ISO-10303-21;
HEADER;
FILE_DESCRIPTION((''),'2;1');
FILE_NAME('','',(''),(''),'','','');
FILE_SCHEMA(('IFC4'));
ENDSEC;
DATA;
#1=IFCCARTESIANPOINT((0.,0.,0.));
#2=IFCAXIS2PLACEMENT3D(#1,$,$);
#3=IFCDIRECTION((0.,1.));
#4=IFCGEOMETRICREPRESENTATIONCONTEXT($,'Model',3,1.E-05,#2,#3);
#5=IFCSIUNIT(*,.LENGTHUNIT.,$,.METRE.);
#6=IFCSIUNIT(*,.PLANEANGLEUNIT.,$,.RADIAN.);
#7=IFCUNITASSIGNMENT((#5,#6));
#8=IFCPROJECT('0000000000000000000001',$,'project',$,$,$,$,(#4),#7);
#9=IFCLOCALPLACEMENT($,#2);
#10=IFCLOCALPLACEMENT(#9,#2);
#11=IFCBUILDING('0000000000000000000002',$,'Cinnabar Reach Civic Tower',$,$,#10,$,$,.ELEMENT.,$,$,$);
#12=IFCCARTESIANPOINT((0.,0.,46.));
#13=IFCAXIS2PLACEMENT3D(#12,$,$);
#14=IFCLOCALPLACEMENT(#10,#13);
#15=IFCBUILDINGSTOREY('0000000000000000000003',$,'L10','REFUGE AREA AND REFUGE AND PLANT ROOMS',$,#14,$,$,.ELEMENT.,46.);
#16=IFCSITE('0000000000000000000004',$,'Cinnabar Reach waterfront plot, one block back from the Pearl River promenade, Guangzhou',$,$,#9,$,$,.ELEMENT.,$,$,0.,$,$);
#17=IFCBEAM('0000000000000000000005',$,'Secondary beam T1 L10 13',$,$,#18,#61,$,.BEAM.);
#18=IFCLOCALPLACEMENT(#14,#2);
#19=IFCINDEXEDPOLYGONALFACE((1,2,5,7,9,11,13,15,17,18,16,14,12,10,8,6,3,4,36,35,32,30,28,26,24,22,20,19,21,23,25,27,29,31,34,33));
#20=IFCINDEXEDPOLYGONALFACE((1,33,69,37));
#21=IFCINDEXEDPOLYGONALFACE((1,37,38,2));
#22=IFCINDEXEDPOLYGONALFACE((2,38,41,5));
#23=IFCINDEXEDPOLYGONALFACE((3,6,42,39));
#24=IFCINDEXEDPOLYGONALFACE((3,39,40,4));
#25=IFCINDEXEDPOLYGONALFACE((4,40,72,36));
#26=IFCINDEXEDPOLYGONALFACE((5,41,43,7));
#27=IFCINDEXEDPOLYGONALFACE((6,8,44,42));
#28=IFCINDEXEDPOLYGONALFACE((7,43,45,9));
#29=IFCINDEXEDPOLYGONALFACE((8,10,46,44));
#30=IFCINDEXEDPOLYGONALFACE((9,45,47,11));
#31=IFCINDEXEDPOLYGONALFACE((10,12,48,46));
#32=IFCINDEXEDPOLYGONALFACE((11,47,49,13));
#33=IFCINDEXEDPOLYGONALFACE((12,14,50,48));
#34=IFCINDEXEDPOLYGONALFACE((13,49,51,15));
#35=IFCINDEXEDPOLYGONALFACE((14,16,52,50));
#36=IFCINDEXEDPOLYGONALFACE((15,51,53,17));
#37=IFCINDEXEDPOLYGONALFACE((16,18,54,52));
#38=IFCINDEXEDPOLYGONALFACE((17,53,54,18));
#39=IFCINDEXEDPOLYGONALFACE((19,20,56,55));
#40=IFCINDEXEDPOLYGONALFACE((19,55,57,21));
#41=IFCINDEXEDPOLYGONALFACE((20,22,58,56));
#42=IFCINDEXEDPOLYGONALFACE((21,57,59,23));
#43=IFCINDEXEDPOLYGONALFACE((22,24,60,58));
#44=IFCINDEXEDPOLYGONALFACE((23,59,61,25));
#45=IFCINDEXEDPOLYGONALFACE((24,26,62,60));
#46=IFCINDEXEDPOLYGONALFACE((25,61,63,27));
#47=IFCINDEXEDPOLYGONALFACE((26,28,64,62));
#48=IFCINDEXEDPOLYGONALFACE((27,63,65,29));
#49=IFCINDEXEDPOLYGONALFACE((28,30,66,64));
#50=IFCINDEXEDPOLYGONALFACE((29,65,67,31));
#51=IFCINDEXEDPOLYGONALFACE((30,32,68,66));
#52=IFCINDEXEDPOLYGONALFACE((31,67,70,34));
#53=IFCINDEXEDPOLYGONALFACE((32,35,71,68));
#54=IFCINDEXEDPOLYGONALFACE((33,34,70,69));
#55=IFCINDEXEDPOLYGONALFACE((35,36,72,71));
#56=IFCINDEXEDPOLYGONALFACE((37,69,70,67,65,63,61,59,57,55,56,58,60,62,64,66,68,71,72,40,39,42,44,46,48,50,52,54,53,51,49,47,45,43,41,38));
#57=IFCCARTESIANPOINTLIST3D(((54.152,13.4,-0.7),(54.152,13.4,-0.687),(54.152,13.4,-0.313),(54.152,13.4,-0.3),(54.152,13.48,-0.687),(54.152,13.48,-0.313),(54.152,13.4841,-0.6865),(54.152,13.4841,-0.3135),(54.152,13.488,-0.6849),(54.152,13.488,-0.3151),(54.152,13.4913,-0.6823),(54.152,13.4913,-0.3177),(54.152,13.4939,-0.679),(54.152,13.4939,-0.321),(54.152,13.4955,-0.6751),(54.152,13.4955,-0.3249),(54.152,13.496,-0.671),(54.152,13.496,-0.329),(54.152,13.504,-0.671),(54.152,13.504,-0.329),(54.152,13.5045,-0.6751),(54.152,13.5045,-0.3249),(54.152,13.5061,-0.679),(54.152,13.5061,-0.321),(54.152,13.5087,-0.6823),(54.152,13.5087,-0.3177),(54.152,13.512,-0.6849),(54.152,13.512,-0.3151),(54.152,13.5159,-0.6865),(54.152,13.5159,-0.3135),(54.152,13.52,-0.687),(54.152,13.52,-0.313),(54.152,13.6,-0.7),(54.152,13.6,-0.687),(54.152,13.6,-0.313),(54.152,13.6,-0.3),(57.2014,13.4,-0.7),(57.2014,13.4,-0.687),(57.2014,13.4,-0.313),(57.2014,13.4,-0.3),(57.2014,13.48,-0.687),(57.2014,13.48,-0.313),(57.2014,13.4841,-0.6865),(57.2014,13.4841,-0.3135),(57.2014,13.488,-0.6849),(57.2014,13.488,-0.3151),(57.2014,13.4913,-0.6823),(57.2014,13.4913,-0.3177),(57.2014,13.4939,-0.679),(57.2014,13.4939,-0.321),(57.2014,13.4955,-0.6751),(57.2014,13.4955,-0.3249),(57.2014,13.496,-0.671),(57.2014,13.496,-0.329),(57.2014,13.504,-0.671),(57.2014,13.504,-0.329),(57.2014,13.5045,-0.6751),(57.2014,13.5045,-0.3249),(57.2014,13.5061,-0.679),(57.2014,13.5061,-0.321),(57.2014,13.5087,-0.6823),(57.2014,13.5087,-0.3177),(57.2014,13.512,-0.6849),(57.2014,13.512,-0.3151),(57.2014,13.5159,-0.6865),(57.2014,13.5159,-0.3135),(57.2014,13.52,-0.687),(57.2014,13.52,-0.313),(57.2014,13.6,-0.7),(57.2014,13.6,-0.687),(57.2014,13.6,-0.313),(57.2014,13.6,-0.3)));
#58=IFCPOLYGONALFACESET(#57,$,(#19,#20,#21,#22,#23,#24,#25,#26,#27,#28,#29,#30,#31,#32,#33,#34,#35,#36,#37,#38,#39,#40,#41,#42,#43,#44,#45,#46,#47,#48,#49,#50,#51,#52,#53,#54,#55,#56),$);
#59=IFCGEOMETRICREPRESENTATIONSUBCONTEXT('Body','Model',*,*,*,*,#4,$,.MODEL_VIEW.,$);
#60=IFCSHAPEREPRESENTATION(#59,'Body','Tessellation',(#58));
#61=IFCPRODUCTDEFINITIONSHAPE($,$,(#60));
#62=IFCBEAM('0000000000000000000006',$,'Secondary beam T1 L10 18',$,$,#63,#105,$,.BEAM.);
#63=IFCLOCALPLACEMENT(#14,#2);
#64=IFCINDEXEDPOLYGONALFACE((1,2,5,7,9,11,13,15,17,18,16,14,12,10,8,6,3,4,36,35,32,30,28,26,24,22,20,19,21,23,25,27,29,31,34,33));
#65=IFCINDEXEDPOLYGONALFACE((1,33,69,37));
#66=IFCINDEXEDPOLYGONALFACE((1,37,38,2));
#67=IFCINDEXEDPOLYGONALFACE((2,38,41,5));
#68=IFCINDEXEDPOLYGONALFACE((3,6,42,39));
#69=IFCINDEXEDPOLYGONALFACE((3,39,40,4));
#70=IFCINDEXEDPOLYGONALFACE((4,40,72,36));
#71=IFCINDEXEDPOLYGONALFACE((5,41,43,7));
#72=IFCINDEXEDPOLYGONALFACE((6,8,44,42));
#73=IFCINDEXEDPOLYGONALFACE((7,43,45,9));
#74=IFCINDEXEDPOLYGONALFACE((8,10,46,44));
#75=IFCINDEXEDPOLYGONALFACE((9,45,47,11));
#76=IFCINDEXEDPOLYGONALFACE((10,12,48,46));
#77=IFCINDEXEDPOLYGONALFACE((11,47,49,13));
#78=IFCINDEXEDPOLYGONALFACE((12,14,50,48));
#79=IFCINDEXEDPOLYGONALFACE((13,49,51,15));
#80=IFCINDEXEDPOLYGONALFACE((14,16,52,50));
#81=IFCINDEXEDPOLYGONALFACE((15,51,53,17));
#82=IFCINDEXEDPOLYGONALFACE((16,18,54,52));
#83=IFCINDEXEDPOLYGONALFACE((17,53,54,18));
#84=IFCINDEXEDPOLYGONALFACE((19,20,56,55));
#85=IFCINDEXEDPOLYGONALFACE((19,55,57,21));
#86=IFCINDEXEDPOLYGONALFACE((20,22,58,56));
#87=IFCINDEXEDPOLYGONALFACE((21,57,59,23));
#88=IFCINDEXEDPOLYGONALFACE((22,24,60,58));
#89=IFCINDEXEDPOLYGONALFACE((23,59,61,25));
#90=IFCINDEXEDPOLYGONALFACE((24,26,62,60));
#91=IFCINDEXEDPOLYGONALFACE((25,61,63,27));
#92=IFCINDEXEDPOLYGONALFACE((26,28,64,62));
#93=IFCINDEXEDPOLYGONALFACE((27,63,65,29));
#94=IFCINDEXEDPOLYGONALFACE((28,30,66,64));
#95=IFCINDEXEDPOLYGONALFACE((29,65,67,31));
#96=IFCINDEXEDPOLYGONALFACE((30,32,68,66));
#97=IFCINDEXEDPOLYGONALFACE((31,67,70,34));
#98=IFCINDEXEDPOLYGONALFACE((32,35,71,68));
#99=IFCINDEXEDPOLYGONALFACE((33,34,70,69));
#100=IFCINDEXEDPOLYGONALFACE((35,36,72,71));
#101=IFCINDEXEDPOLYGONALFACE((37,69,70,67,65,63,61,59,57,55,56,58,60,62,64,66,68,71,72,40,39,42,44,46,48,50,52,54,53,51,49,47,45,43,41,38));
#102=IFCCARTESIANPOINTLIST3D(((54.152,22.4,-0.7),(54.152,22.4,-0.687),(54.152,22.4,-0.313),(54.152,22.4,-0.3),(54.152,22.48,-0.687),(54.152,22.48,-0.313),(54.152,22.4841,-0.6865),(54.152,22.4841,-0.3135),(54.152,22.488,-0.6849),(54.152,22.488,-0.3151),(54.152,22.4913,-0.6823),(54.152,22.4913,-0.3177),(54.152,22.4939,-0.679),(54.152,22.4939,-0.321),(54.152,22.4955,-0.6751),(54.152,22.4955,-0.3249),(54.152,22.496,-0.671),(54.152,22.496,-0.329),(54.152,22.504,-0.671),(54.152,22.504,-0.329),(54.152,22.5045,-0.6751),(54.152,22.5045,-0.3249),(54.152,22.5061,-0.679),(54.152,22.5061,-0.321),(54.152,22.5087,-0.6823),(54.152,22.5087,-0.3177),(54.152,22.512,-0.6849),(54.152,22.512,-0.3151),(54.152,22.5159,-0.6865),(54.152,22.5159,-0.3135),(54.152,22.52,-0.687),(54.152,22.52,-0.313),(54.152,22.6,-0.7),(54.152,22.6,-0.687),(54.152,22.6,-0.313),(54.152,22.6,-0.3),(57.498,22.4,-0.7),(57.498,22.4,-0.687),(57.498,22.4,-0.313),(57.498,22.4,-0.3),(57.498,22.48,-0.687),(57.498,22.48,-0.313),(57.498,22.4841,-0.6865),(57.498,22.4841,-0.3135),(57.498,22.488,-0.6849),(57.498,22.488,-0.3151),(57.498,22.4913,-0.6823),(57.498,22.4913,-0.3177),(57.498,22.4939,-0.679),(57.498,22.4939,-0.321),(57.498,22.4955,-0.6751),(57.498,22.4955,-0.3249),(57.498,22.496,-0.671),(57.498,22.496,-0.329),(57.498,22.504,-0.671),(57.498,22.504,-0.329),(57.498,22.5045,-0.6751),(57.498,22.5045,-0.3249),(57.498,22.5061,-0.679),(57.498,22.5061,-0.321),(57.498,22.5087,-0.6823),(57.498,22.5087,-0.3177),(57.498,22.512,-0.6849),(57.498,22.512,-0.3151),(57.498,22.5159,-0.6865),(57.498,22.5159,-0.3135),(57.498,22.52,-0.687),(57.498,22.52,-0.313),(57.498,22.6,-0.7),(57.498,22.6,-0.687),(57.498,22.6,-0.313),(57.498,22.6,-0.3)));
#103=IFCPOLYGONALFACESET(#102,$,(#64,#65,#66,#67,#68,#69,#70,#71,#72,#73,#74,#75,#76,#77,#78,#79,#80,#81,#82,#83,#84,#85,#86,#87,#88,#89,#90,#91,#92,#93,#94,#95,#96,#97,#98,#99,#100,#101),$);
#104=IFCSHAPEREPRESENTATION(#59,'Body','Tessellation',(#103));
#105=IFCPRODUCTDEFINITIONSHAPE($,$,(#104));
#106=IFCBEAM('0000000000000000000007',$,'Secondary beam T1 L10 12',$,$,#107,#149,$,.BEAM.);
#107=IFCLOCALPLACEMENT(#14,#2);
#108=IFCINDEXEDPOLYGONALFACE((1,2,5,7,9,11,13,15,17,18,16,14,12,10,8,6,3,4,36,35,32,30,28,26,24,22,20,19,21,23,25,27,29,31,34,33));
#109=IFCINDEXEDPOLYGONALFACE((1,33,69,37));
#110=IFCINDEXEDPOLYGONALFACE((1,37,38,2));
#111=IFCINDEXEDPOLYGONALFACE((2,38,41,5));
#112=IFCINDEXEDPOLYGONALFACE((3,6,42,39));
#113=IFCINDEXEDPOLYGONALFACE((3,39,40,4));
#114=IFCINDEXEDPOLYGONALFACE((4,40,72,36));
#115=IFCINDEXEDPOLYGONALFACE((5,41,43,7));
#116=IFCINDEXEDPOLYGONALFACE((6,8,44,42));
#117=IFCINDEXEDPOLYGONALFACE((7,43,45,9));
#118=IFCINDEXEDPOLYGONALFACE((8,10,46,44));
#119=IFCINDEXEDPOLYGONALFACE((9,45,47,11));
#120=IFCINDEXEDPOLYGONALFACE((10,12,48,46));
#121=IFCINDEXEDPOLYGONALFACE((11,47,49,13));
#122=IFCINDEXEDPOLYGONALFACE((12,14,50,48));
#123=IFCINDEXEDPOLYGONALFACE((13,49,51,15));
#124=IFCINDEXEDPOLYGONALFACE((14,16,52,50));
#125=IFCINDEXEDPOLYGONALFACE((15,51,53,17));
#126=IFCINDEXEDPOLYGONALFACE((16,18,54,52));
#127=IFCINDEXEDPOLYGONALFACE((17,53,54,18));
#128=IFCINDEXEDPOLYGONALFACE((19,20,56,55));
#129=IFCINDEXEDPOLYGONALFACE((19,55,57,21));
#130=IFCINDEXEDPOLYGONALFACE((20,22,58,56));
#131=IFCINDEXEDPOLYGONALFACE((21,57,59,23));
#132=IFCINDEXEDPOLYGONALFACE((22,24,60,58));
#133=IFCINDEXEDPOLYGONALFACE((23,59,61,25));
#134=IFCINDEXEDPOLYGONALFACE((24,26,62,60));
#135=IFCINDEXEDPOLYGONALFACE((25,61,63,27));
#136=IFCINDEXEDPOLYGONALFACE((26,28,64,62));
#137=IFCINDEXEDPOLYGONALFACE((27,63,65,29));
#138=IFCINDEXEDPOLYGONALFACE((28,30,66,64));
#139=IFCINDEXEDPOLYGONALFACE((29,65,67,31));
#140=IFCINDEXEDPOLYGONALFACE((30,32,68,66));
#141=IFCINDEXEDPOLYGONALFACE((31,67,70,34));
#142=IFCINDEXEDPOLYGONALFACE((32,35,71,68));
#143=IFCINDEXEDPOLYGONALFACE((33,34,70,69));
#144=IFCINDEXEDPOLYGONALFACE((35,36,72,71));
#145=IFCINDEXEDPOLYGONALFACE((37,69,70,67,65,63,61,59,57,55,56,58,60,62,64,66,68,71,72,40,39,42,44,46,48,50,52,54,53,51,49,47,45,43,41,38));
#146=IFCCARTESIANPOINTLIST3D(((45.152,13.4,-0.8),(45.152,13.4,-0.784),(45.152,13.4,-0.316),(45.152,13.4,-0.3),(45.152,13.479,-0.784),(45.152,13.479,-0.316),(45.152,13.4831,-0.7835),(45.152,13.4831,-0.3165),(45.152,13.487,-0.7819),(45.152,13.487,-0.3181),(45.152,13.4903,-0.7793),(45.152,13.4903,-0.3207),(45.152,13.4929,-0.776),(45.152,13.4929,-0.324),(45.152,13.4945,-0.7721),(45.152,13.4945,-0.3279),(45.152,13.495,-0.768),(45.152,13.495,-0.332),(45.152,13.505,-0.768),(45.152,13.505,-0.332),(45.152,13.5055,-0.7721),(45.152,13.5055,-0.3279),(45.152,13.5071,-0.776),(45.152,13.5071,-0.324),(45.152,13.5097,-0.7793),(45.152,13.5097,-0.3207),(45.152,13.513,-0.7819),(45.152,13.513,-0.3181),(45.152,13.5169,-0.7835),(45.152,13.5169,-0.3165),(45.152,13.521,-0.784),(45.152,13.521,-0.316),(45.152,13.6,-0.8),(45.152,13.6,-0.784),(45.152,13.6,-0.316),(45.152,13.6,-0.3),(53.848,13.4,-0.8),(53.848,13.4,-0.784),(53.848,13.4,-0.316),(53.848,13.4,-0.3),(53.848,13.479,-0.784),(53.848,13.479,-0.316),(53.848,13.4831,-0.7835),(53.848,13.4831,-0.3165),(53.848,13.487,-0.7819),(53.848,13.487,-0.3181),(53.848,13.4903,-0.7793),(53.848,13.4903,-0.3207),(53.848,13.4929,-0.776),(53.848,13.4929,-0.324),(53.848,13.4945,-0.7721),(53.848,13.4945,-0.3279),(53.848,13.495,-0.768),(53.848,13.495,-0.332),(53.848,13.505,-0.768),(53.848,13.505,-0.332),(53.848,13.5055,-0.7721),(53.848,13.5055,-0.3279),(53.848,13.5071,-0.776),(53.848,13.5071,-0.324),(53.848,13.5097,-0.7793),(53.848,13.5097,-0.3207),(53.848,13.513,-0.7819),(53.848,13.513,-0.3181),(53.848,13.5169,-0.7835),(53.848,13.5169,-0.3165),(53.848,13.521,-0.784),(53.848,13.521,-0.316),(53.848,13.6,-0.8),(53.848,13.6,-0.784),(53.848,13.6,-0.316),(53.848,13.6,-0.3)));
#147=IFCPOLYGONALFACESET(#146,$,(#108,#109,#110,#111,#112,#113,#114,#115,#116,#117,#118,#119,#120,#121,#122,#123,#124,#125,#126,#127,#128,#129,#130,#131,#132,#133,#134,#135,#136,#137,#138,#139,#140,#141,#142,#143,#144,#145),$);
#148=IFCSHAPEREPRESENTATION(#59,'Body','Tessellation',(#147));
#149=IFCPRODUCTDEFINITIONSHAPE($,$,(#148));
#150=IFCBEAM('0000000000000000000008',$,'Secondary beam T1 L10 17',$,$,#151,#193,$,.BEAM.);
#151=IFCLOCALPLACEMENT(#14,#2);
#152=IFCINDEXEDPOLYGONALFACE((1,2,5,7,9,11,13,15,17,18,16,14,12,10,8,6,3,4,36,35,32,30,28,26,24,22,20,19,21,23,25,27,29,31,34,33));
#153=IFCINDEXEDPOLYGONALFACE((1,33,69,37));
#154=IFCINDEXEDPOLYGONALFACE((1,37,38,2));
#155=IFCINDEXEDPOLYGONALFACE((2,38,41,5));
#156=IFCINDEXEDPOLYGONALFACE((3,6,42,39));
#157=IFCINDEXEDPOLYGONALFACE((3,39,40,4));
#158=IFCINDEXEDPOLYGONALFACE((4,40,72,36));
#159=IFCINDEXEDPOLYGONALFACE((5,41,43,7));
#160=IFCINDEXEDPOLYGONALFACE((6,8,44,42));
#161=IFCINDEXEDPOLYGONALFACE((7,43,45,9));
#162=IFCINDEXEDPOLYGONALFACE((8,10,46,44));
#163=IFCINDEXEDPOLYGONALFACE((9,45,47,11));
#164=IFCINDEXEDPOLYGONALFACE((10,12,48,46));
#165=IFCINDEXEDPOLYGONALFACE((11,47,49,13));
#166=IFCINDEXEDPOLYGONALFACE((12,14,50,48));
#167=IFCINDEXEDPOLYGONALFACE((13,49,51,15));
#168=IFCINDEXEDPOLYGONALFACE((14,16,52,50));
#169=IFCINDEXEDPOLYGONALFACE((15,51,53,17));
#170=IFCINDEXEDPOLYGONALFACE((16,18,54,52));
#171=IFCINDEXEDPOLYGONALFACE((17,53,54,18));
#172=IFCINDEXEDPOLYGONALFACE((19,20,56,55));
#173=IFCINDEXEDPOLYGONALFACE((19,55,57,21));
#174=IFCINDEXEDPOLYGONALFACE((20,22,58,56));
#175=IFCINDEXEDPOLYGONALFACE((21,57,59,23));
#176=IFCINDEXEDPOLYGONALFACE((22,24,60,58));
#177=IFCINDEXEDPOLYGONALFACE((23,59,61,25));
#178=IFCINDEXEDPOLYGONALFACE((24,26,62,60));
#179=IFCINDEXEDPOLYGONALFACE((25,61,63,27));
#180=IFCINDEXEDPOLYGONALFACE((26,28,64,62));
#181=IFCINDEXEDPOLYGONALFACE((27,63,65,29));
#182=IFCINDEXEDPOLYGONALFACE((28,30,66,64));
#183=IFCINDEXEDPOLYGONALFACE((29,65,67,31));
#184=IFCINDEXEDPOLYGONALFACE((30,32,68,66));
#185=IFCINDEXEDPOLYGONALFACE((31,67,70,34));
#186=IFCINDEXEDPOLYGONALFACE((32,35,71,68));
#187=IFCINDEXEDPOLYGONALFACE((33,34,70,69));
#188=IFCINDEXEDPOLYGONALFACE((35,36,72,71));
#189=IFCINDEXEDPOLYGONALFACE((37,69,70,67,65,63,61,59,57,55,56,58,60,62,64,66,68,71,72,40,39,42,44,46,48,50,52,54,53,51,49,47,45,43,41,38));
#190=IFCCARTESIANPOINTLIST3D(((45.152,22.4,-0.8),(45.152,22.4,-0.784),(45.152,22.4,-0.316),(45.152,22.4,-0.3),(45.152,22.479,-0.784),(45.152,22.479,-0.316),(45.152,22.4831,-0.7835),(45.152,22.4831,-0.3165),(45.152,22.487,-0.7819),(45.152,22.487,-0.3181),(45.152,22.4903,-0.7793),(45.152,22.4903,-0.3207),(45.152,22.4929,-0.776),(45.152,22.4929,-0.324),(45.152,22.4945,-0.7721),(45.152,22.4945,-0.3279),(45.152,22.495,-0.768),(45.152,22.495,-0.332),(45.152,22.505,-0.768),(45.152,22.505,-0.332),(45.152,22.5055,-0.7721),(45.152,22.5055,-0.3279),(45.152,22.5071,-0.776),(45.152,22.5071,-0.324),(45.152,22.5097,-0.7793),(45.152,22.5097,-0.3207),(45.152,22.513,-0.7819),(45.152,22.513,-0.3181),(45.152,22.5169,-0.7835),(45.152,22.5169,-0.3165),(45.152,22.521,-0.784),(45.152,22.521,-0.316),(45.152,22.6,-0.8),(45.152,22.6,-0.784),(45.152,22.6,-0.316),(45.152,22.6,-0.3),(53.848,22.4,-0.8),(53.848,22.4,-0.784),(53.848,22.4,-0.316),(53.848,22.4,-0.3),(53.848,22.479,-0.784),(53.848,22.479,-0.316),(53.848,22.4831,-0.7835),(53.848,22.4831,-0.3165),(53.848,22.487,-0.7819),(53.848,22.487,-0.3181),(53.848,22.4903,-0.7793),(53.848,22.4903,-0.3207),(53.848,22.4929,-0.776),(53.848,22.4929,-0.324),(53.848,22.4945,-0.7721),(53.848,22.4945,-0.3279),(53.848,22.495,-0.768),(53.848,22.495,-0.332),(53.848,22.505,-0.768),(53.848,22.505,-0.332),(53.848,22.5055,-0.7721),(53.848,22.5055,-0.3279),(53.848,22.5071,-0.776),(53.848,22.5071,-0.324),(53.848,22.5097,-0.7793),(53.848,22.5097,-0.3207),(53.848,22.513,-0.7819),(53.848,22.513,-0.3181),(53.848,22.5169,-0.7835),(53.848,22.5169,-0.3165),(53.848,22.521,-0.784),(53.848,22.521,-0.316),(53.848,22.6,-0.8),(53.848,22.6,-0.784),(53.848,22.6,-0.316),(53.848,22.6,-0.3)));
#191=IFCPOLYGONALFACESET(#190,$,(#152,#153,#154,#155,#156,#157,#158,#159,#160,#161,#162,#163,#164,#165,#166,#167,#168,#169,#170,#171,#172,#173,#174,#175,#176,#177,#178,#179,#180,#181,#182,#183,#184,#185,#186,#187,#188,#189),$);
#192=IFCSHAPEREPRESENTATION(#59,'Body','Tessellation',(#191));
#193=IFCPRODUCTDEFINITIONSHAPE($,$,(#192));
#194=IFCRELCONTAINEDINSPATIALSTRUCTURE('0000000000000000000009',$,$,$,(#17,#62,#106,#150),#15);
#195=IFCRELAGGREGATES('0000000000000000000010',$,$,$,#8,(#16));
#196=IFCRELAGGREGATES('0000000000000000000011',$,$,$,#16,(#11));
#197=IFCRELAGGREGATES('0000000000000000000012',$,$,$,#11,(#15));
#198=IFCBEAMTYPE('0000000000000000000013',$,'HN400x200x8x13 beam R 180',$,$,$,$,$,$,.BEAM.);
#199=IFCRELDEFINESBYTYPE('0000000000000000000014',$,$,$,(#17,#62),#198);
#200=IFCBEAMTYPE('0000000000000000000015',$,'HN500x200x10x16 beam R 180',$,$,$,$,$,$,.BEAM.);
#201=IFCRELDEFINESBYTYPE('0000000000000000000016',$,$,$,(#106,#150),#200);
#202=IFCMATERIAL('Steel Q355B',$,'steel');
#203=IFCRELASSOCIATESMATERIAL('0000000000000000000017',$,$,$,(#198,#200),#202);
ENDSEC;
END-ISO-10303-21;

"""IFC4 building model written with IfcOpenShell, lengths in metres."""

from ifc_helpers import new_model, si_unit, direction, frame, origin, origin_2d, place, context, subcontext, project, spatial, i_section, extrude, material, material_profile, profile_set, type_object, element, save


model = new_model("IFC4")

# Units and contexts
model_context = context("Model", 3, precision=1e-05, world=origin(), true_north=direction((0.0, 1.0)))
body_context = subcontext(model_context, "Body", "Model", "MODEL_VIEW")
ifc_project = project(units=[si_unit("LENGTHUNIT", "METRE"), si_unit("PLANEANGLEUNIT", "RADIAN")], contexts=[model_context])

# Site, building, storey
site_placement = place(None, origin())
site = spatial("IfcSite", under=ifc_project, at=site_placement, Name="Cinnabar Reach waterfront plot, one block back from the Pearl River promenade, Guangzhou", CompositionType="ELEMENT", RefElevation=0.0)
building_placement = place(site_placement, origin())
building = spatial("IfcBuilding", under=site, at=building_placement, Name="Cinnabar Reach Civic Tower", CompositionType="ELEMENT")
storey_placement = place(building_placement, frame((0.0, 0.0, 46.0)))
storey = spatial("IfcBuildingStorey", under=building, at=storey_placement, Name="L10", Description="REFUGE AREA AND REFUGE AND PLANT ROOMS", CompositionType="ELEMENT", Elevation=46.0)

# Shared definitions
ifc_material_1 = material(Name="Steel Q355B", Category="steel")

# Beams
ifc_material_profile_1 = material_profile(ifc_material_1, i_section(OverallWidth=0.2, OverallDepth=0.4, WebThickness=0.008, FlangeThickness=0.013, FilletRadius=0.016, at=origin_2d()), Name="HN400x200x8x13")
ifc_profile_set_1 = profile_set([ifc_material_profile_1], Name="Steel Q355B")
beam_type_1 = type_object("IfcBeamType", Name="HN400x200x8x13 beam R 180", PredefinedType="BEAM", material=ifc_profile_set_1)
beam_1_placement = place(storey_placement, frame((54.152, 13.5, -0.5), z_axis=(1.0, 0.0, 0.0), x_axis=(0.0, 1.0, 0.0)))
element("IfcBeam", 1, at=beam_1_placement, inside=storey, type_object=beam_type_1, Name="Secondary beam T1 L10 13", PredefinedType="BEAM", context=body_context, shape_type="SweptSolid", body=[
    extrude(i_section(OverallWidth=0.2, OverallDepth=0.4, WebThickness=0.008, FlangeThickness=0.013, FilletRadius=0.016, at=origin_2d()), origin(), (0.0, 0.0, 1.0), 3.0494),
])
beam_2_placement = place(storey_placement, frame((54.152, 22.5, -0.5), z_axis=(1.0, 0.0, 0.0), x_axis=(0.0, 1.0, 0.0)))
element("IfcBeam", 2, at=beam_2_placement, inside=storey, type_object=beam_type_1, Name="Secondary beam T1 L10 18", PredefinedType="BEAM", context=body_context, shape_type="SweptSolid", body=[
    extrude(i_section(OverallWidth=0.2, OverallDepth=0.4, WebThickness=0.008, FlangeThickness=0.013, FilletRadius=0.016, at=origin_2d()), origin(), (0.0, 0.0, 1.0), 3.346),
])
ifc_material_profile_2 = material_profile(ifc_material_1, i_section(OverallWidth=0.2, OverallDepth=0.5, WebThickness=0.01, FlangeThickness=0.016, FilletRadius=0.016, at=origin_2d()), Name="HN500x200x10x16")
ifc_profile_set_2 = profile_set([ifc_material_profile_2], Name="Steel Q355B")
beam_type_2 = type_object("IfcBeamType", Name="HN500x200x10x16 beam R 180", PredefinedType="BEAM", material=ifc_profile_set_2)
for number, where, z_axis, x_axis, name in (
    (3, (45.152, 13.5, -0.55), (1.0, 0.0, 0.0), (0.0, 1.0, 0.0), "Secondary beam T1 L10 12"),
    (4, (45.152, 22.5, -0.55), (1.0, 0.0, 0.0), (0.0, 1.0, 0.0), "Secondary beam T1 L10 17"),
):
    element("IfcBeam", number, at=place(storey_placement, frame(where, z_axis=z_axis, x_axis=x_axis)), inside=storey, type_object=beam_type_2, Name=name, PredefinedType="BEAM", context=body_context, shape_type="SweptSolid", body=[
        extrude(i_section(OverallWidth=0.2, OverallDepth=0.5, WebThickness=0.01, FlangeThickness=0.016, FilletRadius=0.016, at=origin_2d()), origin(), (0.0, 0.0, 1.0), 8.696),
    ])

save(model, "model.ifc")
